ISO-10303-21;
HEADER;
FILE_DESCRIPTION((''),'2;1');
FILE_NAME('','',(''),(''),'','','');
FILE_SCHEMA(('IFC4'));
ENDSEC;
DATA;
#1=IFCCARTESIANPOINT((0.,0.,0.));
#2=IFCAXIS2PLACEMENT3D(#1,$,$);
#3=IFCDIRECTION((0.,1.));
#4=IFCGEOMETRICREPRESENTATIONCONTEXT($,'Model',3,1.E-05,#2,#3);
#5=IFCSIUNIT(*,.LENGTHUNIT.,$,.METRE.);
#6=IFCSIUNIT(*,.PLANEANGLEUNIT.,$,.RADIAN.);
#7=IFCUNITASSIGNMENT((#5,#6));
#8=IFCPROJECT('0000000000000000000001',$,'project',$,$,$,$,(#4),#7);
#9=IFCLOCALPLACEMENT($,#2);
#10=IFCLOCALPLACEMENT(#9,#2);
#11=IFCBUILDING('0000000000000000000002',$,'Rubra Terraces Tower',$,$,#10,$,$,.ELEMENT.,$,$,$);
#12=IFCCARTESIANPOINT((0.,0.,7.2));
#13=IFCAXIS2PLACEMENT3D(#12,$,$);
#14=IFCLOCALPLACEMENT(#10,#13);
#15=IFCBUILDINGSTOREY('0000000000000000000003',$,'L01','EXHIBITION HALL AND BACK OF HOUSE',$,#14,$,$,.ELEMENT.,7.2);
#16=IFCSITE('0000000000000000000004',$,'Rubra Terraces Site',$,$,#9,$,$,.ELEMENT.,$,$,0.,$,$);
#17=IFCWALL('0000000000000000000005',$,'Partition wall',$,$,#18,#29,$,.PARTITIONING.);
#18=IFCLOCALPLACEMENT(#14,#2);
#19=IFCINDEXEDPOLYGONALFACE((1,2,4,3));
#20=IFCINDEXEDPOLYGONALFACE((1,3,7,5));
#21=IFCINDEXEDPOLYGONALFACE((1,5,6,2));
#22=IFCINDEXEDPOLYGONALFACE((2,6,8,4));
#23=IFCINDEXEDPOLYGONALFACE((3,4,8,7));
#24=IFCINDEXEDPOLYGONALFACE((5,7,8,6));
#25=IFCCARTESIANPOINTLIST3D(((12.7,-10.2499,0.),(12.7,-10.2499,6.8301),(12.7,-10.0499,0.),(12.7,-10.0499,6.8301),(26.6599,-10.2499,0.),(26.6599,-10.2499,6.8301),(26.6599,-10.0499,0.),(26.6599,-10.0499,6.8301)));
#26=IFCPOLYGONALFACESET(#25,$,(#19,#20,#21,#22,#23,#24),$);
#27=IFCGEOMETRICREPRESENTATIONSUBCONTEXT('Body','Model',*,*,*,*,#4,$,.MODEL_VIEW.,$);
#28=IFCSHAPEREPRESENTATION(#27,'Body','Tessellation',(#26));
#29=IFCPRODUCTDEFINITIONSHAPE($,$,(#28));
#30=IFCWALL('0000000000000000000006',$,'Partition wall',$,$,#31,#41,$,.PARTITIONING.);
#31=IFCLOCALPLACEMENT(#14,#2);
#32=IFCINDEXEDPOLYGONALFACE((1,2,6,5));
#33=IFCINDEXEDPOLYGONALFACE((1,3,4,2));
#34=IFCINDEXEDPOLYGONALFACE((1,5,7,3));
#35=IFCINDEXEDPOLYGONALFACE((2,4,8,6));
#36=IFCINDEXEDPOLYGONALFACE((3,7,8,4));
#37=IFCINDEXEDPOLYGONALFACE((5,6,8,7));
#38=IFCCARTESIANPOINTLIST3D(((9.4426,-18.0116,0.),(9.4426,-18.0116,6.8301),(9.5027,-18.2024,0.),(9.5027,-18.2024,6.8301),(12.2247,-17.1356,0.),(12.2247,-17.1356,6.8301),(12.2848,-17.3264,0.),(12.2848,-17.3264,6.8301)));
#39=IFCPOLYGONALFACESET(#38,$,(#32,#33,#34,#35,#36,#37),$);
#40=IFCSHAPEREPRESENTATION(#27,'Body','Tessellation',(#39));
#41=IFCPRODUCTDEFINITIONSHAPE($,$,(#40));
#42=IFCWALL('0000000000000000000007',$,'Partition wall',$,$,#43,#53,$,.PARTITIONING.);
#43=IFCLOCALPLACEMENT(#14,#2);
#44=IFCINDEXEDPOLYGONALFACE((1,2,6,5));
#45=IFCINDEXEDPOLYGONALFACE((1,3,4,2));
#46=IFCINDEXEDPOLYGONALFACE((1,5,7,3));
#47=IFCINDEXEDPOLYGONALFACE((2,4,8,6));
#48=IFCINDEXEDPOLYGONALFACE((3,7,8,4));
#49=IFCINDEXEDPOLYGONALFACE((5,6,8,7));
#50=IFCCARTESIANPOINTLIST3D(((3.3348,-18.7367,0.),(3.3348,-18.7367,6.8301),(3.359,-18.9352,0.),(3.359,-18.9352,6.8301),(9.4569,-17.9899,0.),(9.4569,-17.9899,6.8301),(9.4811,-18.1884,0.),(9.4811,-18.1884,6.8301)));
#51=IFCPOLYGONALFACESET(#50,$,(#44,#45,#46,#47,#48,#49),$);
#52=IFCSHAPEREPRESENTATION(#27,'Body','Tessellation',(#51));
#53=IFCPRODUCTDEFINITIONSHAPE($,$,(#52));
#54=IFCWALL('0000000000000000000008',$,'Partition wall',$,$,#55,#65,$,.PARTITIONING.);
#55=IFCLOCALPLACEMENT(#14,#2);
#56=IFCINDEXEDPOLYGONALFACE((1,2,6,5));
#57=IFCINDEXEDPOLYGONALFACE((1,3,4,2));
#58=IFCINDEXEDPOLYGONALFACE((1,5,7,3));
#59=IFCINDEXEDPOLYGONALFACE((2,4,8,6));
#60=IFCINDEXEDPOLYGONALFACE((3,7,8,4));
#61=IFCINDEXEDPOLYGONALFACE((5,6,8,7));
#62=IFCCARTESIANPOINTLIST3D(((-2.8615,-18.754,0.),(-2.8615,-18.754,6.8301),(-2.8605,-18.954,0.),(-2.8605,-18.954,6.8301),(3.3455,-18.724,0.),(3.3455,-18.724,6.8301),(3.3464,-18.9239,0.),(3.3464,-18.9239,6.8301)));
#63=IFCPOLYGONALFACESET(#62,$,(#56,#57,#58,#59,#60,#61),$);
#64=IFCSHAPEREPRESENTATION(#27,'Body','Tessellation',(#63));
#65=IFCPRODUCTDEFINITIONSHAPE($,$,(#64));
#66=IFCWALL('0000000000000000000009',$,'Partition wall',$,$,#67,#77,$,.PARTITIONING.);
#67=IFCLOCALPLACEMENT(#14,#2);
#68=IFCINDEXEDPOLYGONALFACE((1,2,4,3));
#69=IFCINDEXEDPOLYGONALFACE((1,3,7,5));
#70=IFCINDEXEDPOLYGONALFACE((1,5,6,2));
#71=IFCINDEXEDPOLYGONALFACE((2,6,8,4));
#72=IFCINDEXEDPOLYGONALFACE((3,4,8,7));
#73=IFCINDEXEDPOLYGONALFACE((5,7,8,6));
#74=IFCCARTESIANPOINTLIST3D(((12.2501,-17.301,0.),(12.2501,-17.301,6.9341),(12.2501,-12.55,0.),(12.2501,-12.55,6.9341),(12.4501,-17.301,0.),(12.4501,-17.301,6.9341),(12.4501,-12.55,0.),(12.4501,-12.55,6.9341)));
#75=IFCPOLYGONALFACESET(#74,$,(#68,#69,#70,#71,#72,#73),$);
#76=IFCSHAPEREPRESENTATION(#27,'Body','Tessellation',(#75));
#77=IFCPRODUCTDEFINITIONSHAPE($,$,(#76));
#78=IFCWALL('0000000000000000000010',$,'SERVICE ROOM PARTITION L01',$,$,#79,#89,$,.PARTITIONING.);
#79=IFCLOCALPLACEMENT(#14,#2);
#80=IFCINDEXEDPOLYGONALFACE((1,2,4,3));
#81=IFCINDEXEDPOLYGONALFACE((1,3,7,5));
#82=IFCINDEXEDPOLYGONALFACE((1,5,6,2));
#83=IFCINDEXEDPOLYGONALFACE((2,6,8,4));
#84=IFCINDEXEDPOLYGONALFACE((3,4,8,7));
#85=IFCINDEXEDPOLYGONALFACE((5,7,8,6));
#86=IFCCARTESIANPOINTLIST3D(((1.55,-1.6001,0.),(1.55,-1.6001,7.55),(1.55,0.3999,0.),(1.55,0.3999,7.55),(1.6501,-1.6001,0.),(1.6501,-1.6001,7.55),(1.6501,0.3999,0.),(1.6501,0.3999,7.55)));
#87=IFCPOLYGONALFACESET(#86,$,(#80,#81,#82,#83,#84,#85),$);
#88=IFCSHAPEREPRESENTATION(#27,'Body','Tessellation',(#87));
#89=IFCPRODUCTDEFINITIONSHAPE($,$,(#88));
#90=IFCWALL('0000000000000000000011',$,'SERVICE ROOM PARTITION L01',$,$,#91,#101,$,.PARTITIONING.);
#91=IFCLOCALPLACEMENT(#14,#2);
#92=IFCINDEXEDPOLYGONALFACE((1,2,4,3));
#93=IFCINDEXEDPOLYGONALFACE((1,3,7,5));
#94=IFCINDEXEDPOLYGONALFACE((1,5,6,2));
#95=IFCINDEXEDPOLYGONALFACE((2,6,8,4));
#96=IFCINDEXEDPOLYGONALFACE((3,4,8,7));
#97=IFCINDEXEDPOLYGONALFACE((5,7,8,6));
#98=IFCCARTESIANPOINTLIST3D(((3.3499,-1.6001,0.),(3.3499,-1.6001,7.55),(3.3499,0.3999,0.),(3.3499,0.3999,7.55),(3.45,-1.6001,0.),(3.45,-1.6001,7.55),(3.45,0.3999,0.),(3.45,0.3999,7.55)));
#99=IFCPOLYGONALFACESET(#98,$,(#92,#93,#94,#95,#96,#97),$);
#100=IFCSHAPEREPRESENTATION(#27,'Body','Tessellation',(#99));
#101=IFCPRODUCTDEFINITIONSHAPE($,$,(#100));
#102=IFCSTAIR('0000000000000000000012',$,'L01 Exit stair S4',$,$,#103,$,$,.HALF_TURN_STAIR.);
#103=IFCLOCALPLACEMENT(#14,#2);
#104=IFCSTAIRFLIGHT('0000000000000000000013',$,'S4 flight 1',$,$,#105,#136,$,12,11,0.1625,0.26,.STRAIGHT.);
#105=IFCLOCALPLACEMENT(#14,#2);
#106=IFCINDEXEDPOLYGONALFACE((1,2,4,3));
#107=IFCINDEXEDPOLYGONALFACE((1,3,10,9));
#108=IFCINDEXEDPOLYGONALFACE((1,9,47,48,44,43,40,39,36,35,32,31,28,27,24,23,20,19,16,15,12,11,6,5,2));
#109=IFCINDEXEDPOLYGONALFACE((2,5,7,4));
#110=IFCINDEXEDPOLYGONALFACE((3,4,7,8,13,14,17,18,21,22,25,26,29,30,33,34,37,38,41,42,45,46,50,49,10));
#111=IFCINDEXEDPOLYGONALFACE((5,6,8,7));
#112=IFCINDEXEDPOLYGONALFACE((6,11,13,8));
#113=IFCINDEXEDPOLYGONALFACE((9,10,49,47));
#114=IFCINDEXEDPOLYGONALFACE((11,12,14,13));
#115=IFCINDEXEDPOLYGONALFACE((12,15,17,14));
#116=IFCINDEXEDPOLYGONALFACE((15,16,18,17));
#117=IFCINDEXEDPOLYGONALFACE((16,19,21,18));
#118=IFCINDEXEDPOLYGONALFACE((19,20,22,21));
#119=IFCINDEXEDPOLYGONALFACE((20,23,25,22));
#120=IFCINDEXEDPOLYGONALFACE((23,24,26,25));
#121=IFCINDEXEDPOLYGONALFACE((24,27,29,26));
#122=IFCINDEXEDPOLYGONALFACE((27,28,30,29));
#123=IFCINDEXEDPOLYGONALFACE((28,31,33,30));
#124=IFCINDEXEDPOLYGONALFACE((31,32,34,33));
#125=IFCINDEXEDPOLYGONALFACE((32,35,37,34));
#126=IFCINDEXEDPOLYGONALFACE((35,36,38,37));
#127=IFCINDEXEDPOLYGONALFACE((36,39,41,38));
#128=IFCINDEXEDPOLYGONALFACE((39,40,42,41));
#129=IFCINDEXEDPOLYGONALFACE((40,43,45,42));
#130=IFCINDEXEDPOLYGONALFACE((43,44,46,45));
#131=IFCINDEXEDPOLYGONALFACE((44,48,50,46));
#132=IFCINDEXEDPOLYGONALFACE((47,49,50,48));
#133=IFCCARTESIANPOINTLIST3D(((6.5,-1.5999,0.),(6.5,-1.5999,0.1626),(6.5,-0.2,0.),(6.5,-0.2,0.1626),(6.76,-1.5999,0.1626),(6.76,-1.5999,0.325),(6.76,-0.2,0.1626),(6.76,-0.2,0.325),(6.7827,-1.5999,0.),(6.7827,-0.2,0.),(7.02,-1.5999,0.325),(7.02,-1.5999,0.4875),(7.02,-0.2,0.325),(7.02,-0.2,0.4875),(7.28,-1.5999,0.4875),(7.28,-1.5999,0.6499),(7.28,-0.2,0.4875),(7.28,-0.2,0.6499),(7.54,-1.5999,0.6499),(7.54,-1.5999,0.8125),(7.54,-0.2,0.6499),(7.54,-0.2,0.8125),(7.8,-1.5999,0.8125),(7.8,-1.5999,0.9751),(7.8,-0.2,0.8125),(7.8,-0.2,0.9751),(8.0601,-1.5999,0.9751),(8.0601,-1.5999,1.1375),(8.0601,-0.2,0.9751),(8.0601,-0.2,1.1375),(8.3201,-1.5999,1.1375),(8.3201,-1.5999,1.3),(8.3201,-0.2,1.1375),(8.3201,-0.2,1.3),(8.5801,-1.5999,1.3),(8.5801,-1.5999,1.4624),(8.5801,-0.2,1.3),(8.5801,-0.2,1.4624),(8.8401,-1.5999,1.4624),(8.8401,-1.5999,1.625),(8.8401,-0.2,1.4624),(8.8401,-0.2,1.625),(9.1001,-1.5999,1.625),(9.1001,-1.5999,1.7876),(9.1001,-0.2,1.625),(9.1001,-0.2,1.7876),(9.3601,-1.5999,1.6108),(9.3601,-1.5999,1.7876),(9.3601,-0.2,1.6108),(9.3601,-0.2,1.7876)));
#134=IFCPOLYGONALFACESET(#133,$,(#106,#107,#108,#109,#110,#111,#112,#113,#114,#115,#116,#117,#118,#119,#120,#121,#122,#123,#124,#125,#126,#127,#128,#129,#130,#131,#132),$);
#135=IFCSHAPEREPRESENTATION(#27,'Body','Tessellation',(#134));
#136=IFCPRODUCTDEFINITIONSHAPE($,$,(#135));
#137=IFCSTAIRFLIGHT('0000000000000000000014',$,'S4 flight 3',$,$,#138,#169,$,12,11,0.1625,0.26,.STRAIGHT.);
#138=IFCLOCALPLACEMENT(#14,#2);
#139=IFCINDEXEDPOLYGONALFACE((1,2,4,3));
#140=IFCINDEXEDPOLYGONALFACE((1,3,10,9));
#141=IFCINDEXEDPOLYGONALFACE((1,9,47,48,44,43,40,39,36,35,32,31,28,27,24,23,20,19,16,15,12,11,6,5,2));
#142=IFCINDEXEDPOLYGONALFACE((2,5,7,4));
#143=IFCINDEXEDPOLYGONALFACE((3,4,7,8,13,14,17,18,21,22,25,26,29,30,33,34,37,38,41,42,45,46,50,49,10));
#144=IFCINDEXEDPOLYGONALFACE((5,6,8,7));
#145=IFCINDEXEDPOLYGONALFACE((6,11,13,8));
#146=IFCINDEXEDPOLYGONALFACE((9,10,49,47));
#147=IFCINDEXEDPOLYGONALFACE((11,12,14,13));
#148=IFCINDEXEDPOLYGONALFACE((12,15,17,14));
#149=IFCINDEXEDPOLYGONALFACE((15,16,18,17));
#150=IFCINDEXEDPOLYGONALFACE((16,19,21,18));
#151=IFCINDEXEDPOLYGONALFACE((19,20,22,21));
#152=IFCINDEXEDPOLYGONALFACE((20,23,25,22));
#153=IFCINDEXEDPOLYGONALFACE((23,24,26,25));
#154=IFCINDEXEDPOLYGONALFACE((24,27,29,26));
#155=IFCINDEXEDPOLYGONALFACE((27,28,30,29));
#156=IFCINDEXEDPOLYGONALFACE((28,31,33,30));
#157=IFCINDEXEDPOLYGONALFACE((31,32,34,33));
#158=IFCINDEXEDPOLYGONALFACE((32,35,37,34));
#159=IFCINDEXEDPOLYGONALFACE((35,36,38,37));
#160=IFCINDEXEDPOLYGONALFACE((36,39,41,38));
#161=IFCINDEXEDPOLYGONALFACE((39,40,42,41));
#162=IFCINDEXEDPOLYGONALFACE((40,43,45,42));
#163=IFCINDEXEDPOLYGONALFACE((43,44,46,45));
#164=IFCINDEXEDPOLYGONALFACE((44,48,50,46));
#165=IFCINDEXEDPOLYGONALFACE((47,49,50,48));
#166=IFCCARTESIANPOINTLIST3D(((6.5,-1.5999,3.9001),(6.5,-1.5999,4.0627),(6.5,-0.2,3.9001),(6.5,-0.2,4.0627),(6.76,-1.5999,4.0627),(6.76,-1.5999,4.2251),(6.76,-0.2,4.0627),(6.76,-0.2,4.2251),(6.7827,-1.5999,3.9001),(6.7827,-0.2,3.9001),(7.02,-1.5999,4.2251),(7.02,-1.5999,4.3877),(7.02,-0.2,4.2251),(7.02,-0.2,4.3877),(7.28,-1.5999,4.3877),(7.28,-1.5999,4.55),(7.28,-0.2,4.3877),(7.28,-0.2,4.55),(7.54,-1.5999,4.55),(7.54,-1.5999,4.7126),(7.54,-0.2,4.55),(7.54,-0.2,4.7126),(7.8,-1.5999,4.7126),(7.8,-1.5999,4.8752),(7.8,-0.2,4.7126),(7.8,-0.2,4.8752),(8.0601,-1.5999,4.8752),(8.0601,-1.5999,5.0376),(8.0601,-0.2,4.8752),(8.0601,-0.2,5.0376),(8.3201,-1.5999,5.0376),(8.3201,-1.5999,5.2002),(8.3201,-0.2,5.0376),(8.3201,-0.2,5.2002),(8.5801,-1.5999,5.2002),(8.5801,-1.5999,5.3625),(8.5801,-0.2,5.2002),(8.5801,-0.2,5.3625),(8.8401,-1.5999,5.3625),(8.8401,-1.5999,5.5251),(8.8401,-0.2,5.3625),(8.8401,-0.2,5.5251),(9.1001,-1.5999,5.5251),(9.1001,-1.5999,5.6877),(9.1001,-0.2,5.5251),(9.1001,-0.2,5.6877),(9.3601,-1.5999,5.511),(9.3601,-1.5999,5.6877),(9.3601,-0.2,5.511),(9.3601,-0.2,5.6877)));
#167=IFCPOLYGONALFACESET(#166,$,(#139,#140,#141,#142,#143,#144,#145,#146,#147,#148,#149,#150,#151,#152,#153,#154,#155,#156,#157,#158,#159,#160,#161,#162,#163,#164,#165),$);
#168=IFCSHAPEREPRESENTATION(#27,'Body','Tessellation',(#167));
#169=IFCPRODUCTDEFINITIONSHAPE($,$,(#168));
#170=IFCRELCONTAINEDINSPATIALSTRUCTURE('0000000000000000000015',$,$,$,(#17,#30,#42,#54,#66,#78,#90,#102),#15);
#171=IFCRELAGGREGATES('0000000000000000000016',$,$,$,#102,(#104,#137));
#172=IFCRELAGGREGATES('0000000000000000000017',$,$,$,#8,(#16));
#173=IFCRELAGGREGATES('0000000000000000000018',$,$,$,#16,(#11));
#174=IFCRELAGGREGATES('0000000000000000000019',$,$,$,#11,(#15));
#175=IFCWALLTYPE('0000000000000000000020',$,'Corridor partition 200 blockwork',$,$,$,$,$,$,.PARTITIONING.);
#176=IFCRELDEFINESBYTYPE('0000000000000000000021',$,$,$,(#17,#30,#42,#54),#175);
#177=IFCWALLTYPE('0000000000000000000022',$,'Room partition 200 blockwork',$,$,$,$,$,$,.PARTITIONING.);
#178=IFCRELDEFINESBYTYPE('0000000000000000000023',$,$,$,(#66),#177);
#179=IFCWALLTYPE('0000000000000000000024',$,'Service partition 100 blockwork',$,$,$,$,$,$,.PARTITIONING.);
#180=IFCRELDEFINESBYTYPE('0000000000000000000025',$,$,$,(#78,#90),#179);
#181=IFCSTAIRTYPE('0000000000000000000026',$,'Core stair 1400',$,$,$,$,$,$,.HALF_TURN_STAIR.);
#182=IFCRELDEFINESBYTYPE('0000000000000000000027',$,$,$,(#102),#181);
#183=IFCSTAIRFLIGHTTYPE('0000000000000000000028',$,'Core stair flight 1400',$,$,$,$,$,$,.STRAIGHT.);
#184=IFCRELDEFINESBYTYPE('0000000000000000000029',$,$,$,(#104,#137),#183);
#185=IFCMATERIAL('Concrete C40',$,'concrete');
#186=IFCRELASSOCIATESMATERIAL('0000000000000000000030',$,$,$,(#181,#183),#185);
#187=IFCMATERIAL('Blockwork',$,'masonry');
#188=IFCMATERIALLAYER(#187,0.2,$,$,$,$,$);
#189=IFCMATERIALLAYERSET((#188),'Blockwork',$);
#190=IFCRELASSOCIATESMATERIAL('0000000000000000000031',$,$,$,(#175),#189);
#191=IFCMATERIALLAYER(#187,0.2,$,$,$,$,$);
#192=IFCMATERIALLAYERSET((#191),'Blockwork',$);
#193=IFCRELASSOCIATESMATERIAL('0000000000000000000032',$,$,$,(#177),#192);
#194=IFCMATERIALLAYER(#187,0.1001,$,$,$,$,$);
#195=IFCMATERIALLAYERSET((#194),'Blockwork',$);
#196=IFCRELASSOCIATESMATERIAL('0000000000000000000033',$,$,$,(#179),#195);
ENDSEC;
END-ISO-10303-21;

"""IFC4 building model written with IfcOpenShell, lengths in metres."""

from ifc_helpers import new_model, si_unit, direction, frame, frame_2d, origin, place, context, subcontext, project, spatial, polyline, rectangle, outline, extrude, material, layer, layer_set, type_object, element, aggregate, save


model = new_model("IFC4")

# Units and contexts
model_context = context("Model", 3, precision=1e-05, world=origin(), true_north=direction((0.0, 1.0)))
body_context = subcontext(model_context, "Body", "Model", "MODEL_VIEW")
ifc_project = project(units=[si_unit("LENGTHUNIT", "METRE"), si_unit("PLANEANGLEUNIT", "RADIAN")], contexts=[model_context])

# Site, building, storey
site_placement = place(None, origin())
site = spatial("IfcSite", under=ifc_project, at=site_placement, Name="Rubra Terraces Site", CompositionType="ELEMENT", RefElevation=0.0)
building_placement = place(site_placement, origin())
building = spatial("IfcBuilding", under=site, at=building_placement, Name="Rubra Terraces Tower", CompositionType="ELEMENT")
storey_placement = place(building_placement, frame((0.0, 0.0, 7.2)))
storey = spatial("IfcBuildingStorey", under=building, at=storey_placement, Name="L01", Description="EXHIBITION HALL AND BACK OF HOUSE", CompositionType="ELEMENT", Elevation=7.2)

# Shared definitions
ifc_material_1 = material(Name="Concrete C40", Category="concrete")
stair_type = type_object("IfcStairType", Name="Core stair 1400", PredefinedType="HALF_TURN_STAIR", material=ifc_material_1)

# Walls
ifc_material_2 = material(Name="Blockwork", Category="masonry")
ifc_layer_1 = layer(ifc_material_2, 0.2)
ifc_layer_set_1 = layer_set([ifc_layer_1], Name="Blockwork")
wall_type_1 = type_object("IfcWallType", Name="Corridor partition 200 blockwork", PredefinedType="PARTITIONING", material=ifc_layer_set_1)
wall_1_placement = place(storey_placement, frame((12.7, -10.1499, 0.0), z_axis=(0.0, 0.0, 1.0), x_axis=(1.0, 0.0, 0.0)))
element("IfcWall", 1, at=wall_1_placement, inside=storey, type_object=wall_type_1, Name="Partition wall", PredefinedType="PARTITIONING", context=body_context, shape_type="SweptSolid", body=[
    extrude(rectangle(XDim=13.96, YDim=0.2, at=frame_2d((6.98, 0.0))), origin(), (0.0, 0.0, 1.0), 6.8301),
])
wall_2_placement = place(storey_placement, frame((12.2549, -17.231, 0.0), z_axis=(0.0, 0.0, 1.0), x_axis=(-0.953833, -0.300338, 0.0)))
element("IfcWall", 2, at=wall_2_placement, inside=storey, type_object=wall_type_1, Name="Partition wall", PredefinedType="PARTITIONING", context=body_context, shape_type="SweptSolid", body=[
    extrude(rectangle(XDim=2.9167, YDim=0.2, at=frame_2d((1.4585, 0.0))), origin(), (0.0, 0.0, 1.0), 6.8301),
])
wall_3_placement = place(storey_placement, frame((9.469, -18.0891, 0.0), z_axis=(0.0, 0.0, 1.0), x_axis=(-0.992641, -0.121091, 0.0)))
element("IfcWall", 3, at=wall_3_placement, inside=storey, type_object=wall_type_1, Name="Partition wall", PredefinedType="PARTITIONING", context=body_context, shape_type="SweptSolid", body=[
    extrude(rectangle(XDim=6.1675, YDim=0.2, at=frame_2d((3.0837, 0.0))), origin(), (0.0, 0.0, 1.0), 6.8301),
])
wall_4_placement = place(storey_placement, frame((3.3459, -18.824, 0.0), z_axis=(0.0, 0.0, 1.0), x_axis=(-0.999988, -0.004838, 0.0)))
element("IfcWall", 4, at=wall_4_placement, inside=storey, type_object=wall_type_1, Name="Partition wall", PredefinedType="PARTITIONING", context=body_context, shape_type="SweptSolid", body=[
    extrude(rectangle(XDim=6.207, YDim=0.2, at=frame_2d((3.1035, 0.0))), origin(), (0.0, 0.0, 1.0), 6.8301),
])
ifc_layer_2 = layer(ifc_material_2, 0.2)
ifc_layer_set_2 = layer_set([ifc_layer_2], Name="Blockwork")
wall_type_2 = type_object("IfcWallType", Name="Room partition 200 blockwork", PredefinedType="PARTITIONING", material=ifc_layer_set_2)
wall_5_placement = place(storey_placement, frame((12.3501, -12.55, 0.0), z_axis=(0.0, 0.0, 1.0), x_axis=(0.0, -1.0, 0.0)))
element("IfcWall", 5, at=wall_5_placement, inside=storey, type_object=wall_type_2, Name="Partition wall", PredefinedType="PARTITIONING", context=body_context, shape_type="SweptSolid", body=[
    extrude(rectangle(XDim=4.751, YDim=0.2, at=frame_2d((2.3755, 0.0))), origin(), (0.0, 0.0, 1.0), 6.9341),
])
ifc_layer_3 = layer(ifc_material_2, 0.1001)
ifc_layer_set_3 = layer_set([ifc_layer_3], Name="Blockwork")
wall_type_3 = type_object("IfcWallType", Name="Service partition 100 blockwork", PredefinedType="PARTITIONING", material=ifc_layer_set_3)
for number, where, z_axis, x_axis, name in (
    (6, (1.6001, -1.6001, 0.0), (0.0, 0.0, 1.0), (0.0, 1.0, 0.0), "SERVICE ROOM PARTITION L01"),
    (7, (3.3999, -1.6001, 0.0), (0.0, 0.0, 1.0), (0.0, 1.0, 0.0), "SERVICE ROOM PARTITION L01"),
):
    element("IfcWall", number, at=place(storey_placement, frame(where, z_axis=z_axis, x_axis=x_axis)), inside=storey, type_object=wall_type_3, Name=name, PredefinedType="PARTITIONING", context=body_context, shape_type="SweptSolid", body=[
        extrude(rectangle(XDim=2.0, YDim=0.1001, at=frame_2d((1.0, 0.0))), origin(), (0.0, 0.0, 1.0), 7.55),
    ])

# Stair, stair flights
stair_1_placement = place(storey_placement, origin())
stair_1 = element("IfcStair", 8, at=stair_1_placement, inside=storey, type_object=stair_type, Name="L01 Exit stair S4", PredefinedType="HALF_TURN_STAIR")
stair_flight_type = type_object("IfcStairFlightType", Name="Core stair flight 1400", PredefinedType="STRAIGHT", material=ifc_material_1)
stair_flight_1_placement = place(storey_placement, frame((6.5, -0.8999, 0.0), z_axis=(0.0, 0.0, 1.0), x_axis=(1.0, 0.0, 0.0)))
stair_flight_1 = element("IfcStairFlight", 9, at=stair_flight_1_placement, type_object=stair_flight_type, Name="S4 flight 1", NumberOfRisers=12, NumberOfTreads=11, PredefinedType="STRAIGHT", RiserHeight=0.1625, TreadLength=0.26, context=body_context, shape_type="SweptSolid", body=[
    extrude(outline(polyline([(0.0, 0.0), (0.0, 0.1626), (0.26, 0.1626), (0.26, 0.325), (0.52, 0.325), (0.52, 0.4875), (0.78, 0.4875), (0.78, 0.6499), (1.04, 0.6499), (1.04, 0.8125), (1.3, 0.8125), (1.3, 0.9751), (1.5601, 0.9751), (1.5601, 1.1375), (1.8201, 1.1375), (1.8201, 1.3), (2.0801, 1.3), (2.0801, 1.4624), (2.3401, 1.4624), (2.3401, 1.625), (2.6001, 1.625), (2.6001, 1.7876), (2.8601, 1.7876), (2.8601, 1.95), (2.8601, 1.6108), (0.2827, 0.0), (0.0, 0.0)])), frame((0.0, 0.7, 0.0), z_axis=(0.0, -1.0, 0.0), x_axis=(1.0, 0.0, 0.0)), (0.0, 0.0, 1.0), 1.3999),
])
stair_flight_2_placement = place(storey_placement, frame((6.5, -0.8999, 3.9001), z_axis=(0.0, 0.0, 1.0), x_axis=(1.0, 0.0, 0.0)))
stair_flight_2 = element("IfcStairFlight", 10, at=stair_flight_2_placement, type_object=stair_flight_type, Name="S4 flight 3", NumberOfRisers=12, NumberOfTreads=11, PredefinedType="STRAIGHT", RiserHeight=0.1625, TreadLength=0.26, context=body_context, shape_type="SweptSolid", body=[
    extrude(outline(polyline([(0.0, 0.0), (0.0, 0.1626), (0.26, 0.1626), (0.26, 0.325), (0.52, 0.325), (0.52, 0.4875), (0.78, 0.4875), (0.78, 0.6499), (1.04, 0.6499), (1.04, 0.8125), (1.3, 0.8125), (1.3, 0.9751), (1.5601, 0.9751), (1.5601, 1.1375), (1.8201, 1.1375), (1.8201, 1.3), (2.0801, 1.3), (2.0801, 1.4624), (2.3401, 1.4624), (2.3401, 1.625), (2.6001, 1.625), (2.6001, 1.7876), (2.8601, 1.7876), (2.8601, 1.95), (2.8601, 1.6108), (0.2827, 0.0), (0.0, 0.0)])), frame((0.0, 0.7, 0.0), z_axis=(0.0, -1.0, 0.0), x_axis=(1.0, 0.0, 0.0)), (0.0, 0.0, 1.0), 1.3999),
])
aggregate(stair_1, [stair_flight_1, stair_flight_2])

save(model, "model.ifc")
